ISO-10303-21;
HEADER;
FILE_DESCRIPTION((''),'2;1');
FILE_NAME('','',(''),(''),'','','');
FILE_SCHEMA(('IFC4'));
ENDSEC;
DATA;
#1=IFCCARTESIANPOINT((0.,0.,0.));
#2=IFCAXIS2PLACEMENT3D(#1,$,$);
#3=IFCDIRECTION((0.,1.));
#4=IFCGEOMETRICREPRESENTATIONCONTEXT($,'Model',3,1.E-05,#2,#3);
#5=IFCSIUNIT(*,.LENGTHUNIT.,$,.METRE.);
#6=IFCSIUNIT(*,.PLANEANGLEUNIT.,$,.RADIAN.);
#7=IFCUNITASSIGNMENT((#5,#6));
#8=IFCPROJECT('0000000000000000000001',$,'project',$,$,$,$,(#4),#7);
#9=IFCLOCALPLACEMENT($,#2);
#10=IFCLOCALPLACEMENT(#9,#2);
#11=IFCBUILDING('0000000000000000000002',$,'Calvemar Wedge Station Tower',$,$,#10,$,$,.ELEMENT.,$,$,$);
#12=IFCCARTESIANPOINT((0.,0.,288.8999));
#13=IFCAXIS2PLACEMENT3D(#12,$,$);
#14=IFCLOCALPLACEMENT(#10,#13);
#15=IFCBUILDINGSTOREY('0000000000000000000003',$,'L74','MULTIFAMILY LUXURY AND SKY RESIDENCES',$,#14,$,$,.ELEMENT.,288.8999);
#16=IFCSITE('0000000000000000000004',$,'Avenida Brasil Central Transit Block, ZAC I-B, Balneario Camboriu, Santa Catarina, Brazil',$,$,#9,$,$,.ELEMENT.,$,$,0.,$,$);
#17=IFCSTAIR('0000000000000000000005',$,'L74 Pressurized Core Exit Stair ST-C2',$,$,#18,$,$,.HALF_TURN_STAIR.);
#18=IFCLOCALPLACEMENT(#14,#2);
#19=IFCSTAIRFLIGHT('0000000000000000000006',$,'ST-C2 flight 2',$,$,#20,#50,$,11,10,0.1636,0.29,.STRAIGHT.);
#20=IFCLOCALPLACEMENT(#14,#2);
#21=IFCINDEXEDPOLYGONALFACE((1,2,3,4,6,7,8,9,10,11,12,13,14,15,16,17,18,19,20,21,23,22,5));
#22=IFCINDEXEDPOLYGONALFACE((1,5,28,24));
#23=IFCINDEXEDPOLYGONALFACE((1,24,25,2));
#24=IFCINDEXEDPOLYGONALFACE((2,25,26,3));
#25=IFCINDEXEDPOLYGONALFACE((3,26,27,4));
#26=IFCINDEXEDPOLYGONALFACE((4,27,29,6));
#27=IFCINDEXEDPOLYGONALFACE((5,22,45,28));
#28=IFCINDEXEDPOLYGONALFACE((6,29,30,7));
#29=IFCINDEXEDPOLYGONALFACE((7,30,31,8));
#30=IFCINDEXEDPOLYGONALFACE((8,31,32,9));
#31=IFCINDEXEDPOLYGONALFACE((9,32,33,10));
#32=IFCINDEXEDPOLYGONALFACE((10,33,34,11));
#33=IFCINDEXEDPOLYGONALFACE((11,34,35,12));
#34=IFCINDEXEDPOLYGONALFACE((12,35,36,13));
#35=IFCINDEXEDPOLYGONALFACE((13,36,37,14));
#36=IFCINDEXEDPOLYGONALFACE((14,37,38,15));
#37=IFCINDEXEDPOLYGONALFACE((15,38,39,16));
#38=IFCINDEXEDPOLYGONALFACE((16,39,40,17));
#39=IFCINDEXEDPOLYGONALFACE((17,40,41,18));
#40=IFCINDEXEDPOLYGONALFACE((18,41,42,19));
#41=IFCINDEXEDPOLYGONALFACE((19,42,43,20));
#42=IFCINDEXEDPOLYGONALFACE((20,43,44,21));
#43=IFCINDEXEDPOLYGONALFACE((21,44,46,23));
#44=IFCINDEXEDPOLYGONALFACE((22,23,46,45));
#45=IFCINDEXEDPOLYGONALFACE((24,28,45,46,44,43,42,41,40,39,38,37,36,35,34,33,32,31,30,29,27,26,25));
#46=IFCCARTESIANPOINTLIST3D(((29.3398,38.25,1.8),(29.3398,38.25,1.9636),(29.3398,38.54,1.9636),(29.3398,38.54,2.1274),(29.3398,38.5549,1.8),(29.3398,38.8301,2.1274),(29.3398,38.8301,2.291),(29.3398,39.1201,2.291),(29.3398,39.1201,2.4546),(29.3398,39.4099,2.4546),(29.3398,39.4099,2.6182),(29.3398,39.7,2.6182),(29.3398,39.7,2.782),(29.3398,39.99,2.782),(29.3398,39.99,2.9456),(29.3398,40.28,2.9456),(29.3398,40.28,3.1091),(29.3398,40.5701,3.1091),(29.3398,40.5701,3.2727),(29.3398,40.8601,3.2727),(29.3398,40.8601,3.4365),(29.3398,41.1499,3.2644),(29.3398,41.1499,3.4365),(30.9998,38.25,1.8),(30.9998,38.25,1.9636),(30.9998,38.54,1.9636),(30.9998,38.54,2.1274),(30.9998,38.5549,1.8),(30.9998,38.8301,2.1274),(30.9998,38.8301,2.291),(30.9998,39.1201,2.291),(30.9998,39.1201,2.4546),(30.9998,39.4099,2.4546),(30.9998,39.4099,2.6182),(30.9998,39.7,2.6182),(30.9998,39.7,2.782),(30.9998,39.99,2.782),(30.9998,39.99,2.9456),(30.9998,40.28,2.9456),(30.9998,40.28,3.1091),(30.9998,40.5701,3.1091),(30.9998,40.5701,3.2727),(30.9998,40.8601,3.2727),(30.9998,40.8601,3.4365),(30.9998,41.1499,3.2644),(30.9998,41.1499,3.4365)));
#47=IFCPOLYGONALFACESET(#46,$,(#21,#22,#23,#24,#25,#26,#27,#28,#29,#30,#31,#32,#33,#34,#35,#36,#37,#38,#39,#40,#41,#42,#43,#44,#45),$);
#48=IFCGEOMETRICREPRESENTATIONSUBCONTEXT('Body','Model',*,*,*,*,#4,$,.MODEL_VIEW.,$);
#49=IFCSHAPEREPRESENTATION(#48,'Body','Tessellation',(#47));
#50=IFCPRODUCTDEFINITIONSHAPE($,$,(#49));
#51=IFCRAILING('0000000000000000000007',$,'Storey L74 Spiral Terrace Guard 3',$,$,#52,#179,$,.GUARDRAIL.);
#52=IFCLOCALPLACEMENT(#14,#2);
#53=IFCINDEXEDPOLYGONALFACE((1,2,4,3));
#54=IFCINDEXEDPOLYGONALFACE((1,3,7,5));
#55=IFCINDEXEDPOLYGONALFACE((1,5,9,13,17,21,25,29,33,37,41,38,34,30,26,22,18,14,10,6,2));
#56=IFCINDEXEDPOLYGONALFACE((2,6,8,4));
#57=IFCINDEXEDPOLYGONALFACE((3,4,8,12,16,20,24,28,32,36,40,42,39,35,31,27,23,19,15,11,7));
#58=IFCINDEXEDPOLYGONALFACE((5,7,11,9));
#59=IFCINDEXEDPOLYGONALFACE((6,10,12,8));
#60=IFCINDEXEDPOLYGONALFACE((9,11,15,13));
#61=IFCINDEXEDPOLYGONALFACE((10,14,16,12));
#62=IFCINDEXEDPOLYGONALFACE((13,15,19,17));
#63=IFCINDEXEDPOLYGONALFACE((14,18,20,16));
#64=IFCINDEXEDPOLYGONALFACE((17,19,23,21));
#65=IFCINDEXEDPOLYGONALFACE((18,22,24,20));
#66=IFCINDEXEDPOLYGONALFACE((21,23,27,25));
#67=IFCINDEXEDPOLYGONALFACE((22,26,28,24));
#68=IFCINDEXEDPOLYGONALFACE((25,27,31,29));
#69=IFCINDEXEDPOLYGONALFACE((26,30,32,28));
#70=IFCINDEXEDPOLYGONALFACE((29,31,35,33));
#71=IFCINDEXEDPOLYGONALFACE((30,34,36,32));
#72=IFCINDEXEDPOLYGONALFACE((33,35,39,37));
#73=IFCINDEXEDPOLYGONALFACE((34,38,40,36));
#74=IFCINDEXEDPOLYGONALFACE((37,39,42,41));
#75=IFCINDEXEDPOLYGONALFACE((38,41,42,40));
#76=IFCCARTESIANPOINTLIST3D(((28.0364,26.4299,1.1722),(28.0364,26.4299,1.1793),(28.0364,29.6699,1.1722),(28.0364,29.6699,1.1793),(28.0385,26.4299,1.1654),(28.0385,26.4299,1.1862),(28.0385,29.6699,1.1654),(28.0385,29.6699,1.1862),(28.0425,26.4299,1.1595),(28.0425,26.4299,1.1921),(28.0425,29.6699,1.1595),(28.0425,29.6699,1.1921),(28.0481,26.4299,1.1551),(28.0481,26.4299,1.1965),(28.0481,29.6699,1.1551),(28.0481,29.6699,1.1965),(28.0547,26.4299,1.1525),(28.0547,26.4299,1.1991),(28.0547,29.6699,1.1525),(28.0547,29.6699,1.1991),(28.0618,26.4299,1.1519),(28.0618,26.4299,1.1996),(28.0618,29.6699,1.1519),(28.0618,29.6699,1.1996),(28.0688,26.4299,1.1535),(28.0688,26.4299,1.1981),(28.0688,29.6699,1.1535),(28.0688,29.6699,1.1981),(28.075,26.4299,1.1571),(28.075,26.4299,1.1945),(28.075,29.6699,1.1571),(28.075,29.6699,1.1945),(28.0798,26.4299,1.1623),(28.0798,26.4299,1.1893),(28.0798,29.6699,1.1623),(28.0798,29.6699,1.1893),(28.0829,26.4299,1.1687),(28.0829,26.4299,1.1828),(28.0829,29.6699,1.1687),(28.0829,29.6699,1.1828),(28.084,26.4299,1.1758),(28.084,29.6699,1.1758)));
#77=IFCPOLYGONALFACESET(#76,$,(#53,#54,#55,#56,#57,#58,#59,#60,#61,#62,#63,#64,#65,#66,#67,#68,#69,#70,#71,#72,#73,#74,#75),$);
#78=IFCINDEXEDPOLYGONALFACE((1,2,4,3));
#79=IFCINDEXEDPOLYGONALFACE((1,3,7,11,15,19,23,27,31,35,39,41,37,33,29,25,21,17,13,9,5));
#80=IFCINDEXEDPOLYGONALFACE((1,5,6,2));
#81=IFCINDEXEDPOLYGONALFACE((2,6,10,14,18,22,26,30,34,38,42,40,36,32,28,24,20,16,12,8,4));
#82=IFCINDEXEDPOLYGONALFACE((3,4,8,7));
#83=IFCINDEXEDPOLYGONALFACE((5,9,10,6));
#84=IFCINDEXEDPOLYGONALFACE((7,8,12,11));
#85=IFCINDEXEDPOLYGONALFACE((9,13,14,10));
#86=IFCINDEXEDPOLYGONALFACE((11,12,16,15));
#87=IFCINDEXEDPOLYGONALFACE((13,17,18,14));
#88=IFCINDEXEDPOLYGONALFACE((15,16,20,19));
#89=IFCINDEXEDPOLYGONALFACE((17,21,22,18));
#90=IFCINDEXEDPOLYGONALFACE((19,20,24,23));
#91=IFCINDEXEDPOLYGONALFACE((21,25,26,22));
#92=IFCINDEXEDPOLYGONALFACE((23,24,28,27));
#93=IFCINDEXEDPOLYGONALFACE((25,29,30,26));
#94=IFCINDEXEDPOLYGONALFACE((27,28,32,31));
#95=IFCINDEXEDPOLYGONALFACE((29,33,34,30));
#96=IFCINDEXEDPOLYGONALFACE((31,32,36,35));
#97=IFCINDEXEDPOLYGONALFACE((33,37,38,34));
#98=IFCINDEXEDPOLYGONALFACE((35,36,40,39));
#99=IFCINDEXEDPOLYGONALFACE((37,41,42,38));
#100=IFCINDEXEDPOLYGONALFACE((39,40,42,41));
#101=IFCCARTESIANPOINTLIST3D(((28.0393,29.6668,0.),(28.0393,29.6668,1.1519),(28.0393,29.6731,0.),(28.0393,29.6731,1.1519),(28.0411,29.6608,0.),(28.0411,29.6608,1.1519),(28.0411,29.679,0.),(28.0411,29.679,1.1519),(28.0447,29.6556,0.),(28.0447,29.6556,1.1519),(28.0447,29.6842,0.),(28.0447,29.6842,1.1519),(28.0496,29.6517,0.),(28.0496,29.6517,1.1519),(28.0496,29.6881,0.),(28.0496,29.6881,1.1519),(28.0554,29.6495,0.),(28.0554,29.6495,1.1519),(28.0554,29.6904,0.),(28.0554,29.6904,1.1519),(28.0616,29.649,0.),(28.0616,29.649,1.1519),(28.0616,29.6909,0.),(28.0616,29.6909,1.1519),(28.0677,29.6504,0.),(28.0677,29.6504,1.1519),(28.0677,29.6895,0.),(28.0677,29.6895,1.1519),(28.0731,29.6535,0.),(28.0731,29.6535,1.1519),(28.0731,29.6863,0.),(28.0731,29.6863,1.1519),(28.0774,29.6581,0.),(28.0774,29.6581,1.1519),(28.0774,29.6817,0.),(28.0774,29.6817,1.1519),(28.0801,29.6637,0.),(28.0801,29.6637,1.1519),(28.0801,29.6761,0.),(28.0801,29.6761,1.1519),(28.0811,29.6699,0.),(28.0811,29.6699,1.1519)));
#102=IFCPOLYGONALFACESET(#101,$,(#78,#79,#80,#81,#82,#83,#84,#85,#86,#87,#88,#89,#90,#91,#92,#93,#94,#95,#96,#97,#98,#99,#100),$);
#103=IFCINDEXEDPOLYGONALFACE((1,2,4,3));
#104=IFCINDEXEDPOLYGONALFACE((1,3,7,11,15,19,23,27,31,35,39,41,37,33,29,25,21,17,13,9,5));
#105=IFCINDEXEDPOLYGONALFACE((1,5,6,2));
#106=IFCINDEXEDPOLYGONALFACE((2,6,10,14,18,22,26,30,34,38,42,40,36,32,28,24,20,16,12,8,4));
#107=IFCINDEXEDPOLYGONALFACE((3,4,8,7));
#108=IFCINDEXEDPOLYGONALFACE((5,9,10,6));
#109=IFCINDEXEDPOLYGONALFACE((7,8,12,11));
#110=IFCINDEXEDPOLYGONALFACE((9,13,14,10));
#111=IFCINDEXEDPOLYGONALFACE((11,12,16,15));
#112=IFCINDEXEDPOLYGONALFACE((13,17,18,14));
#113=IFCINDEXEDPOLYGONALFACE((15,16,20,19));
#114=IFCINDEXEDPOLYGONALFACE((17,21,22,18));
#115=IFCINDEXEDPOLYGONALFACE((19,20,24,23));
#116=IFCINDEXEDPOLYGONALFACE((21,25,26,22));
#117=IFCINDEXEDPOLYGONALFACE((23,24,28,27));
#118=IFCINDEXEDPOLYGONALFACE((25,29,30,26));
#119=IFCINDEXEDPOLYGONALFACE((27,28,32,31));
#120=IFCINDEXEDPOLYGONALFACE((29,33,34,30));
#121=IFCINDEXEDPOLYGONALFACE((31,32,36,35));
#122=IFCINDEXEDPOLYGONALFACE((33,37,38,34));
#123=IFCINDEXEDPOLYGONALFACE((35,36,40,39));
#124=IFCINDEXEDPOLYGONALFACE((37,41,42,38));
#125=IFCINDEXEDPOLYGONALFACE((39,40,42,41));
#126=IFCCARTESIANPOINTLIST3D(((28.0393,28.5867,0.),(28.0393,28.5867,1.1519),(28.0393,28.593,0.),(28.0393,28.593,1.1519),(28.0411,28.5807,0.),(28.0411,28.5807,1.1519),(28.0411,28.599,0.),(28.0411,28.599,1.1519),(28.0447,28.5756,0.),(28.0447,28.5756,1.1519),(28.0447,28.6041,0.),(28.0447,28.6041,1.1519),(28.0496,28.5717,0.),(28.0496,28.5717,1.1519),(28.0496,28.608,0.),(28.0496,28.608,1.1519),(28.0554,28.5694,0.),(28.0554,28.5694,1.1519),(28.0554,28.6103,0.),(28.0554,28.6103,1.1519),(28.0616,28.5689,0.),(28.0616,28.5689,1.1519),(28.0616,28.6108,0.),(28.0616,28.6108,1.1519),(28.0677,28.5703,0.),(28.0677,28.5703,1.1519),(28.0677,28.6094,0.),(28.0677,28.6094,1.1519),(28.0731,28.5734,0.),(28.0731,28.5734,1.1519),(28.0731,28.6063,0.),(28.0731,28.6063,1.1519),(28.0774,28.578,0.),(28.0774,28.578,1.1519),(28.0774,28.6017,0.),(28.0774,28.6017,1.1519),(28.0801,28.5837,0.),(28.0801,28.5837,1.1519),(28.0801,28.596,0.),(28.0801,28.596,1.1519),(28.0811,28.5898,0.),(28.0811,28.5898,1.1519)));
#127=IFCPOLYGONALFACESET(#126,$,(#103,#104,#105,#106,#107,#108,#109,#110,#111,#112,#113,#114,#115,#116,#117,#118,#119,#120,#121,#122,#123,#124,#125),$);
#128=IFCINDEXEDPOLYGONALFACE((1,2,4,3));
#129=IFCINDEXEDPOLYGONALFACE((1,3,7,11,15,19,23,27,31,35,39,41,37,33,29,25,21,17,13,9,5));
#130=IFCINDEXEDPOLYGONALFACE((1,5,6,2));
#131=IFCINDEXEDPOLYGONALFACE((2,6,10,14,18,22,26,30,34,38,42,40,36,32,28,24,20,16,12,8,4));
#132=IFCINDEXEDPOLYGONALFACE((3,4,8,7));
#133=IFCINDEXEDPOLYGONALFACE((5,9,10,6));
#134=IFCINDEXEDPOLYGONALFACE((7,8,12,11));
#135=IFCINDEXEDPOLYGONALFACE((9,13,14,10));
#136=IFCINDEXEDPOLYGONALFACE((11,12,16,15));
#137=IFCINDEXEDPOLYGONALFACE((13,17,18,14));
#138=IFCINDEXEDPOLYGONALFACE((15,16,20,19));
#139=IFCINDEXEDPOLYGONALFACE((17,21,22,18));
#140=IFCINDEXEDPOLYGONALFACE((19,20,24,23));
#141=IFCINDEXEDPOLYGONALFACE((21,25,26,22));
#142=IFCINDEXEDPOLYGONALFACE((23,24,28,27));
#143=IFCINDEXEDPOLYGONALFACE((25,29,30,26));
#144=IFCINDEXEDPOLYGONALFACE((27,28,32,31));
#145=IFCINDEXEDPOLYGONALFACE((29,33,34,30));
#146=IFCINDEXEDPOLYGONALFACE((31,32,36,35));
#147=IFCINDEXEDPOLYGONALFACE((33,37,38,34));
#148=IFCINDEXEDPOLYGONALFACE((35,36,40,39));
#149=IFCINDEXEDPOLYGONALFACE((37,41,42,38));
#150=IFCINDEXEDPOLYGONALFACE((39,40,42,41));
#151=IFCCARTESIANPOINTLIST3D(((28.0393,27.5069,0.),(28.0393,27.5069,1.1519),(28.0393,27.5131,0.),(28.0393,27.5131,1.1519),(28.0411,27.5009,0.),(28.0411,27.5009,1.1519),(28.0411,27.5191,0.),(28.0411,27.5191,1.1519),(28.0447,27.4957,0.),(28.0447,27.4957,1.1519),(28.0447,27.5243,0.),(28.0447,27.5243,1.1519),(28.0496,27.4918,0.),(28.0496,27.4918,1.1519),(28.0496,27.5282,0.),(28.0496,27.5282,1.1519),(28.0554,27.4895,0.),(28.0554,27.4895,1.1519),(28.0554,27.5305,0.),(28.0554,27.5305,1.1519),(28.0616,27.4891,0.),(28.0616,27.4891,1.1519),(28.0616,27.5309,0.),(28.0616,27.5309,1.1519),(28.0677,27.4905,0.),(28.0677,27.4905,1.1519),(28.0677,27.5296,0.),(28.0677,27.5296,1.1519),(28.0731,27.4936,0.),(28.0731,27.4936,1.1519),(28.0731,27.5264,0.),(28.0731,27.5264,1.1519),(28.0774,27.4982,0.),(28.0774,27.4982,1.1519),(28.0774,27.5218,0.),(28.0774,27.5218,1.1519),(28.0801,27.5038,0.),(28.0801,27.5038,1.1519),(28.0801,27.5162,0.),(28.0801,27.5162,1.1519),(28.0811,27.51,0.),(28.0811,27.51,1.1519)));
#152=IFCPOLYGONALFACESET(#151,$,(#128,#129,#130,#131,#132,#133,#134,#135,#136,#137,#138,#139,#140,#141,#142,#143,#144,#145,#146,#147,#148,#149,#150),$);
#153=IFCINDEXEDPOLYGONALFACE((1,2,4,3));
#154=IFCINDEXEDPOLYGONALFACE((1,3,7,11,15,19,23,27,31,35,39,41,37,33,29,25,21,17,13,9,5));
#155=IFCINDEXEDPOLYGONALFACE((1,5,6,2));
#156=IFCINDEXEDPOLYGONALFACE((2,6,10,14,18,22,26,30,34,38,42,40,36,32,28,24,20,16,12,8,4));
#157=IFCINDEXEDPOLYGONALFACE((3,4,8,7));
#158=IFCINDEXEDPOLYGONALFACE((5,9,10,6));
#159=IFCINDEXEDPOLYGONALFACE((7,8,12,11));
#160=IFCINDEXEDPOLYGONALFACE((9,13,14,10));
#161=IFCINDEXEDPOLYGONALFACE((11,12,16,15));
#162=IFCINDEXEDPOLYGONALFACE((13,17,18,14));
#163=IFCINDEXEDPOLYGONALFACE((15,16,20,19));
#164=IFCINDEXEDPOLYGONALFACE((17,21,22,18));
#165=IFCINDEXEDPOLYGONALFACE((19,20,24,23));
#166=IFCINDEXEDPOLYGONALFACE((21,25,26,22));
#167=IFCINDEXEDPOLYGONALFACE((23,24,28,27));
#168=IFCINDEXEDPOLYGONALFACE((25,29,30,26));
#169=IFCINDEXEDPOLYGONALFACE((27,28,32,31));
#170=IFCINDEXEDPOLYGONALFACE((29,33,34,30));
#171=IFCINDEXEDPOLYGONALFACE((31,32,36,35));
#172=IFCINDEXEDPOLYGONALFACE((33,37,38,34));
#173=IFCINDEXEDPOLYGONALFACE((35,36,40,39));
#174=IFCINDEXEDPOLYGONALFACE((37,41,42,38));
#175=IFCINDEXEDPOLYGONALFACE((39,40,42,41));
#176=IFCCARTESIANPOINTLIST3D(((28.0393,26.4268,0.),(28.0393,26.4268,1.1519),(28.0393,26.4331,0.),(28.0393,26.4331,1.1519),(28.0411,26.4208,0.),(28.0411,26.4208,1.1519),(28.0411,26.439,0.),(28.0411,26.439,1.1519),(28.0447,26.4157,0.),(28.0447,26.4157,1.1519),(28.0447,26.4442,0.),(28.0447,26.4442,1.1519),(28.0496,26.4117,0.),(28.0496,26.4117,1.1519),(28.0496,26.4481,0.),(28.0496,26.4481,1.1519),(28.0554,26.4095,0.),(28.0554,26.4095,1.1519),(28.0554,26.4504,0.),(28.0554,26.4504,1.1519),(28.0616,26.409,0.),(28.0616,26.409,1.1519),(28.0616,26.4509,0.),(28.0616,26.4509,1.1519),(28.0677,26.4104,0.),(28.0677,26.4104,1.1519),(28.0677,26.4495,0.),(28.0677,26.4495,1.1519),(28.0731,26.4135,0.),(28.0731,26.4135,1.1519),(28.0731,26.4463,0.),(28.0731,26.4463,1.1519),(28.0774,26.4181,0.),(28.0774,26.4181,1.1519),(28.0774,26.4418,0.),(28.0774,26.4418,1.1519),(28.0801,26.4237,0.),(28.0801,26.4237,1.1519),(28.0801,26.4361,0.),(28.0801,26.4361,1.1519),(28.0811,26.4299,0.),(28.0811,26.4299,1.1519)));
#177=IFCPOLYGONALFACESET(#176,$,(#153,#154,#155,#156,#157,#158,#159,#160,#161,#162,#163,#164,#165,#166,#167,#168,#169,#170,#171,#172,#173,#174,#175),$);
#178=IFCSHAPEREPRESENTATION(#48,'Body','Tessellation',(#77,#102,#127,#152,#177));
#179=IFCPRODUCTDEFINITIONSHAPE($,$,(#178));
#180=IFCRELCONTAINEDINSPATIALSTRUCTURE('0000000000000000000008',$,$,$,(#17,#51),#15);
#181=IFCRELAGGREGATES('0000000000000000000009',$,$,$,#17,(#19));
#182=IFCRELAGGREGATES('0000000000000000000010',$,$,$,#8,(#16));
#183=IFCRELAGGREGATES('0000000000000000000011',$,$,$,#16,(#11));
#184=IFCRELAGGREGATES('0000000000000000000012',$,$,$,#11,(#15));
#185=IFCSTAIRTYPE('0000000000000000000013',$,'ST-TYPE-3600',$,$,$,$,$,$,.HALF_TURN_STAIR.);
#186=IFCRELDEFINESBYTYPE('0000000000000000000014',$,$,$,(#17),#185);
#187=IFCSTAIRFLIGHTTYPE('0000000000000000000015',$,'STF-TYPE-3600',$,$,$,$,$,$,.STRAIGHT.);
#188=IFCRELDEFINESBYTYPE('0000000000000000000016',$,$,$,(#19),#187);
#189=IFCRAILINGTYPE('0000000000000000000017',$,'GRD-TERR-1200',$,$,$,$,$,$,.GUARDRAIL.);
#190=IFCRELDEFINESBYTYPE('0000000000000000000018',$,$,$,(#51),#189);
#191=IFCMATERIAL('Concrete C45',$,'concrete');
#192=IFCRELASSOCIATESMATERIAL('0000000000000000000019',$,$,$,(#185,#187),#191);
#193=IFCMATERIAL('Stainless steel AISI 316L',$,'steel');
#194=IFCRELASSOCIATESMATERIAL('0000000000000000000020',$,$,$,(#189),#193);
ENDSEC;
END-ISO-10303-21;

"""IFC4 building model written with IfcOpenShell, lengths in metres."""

from ifc_helpers import new_model, si_unit, direction, frame, origin, origin_2d, place, context, subcontext, project, spatial, polyline, circle, outline, extrude, material, type_object, element, aggregate, save


model = new_model("IFC4")

# Units and contexts
model_context = context("Model", 3, precision=1e-05, world=origin(), true_north=direction((0.0, 1.0)))
body_context = subcontext(model_context, "Body", "Model", "MODEL_VIEW")
ifc_project = project(units=[si_unit("LENGTHUNIT", "METRE"), si_unit("PLANEANGLEUNIT", "RADIAN")], contexts=[model_context])

# Site, building, storey
site_placement = place(None, origin())
site = spatial("IfcSite", under=ifc_project, at=site_placement, Name="Avenida Brasil Central Transit Block, ZAC I-B, Balneario Camboriu, Santa Catarina, Brazil", CompositionType="ELEMENT", RefElevation=0.0)
building_placement = place(site_placement, origin())
building = spatial("IfcBuilding", under=site, at=building_placement, Name="Calvemar Wedge Station Tower", CompositionType="ELEMENT")
storey_placement = place(building_placement, frame((0.0, 0.0, 288.8999)))
storey = spatial("IfcBuildingStorey", under=building, at=storey_placement, Name="L74", Description="MULTIFAMILY LUXURY AND SKY RESIDENCES", CompositionType="ELEMENT", Elevation=288.8999)

# Stair, stair flight
ifc_material_1 = material(Name="Concrete C45", Category="concrete")
stair_type = type_object("IfcStairType", Name="ST-TYPE-3600", PredefinedType="HALF_TURN_STAIR", material=ifc_material_1)
stair_placement = place(storey_placement, origin())
stair = element("IfcStair", 1, at=stair_placement, inside=storey, type_object=stair_type, Name="L74 Pressurized Core Exit Stair ST-C2", PredefinedType="HALF_TURN_STAIR")
stair_flight_type = type_object("IfcStairFlightType", Name="STF-TYPE-3600", PredefinedType="STRAIGHT", material=ifc_material_1)
stair_flight_placement = place(storey_placement, frame((30.1699, 38.25, 1.8), z_axis=(0.0, 0.0, 1.0), x_axis=(0.0, 1.0, 0.0)))
stair_flight = element("IfcStairFlight", 2, at=stair_flight_placement, type_object=stair_flight_type, Name="ST-C2 flight 2", NumberOfRisers=11, NumberOfTreads=10, PredefinedType="STRAIGHT", RiserHeight=0.1636, TreadLength=0.29, context=body_context, shape_type="SweptSolid", body=[
    extrude(outline(polyline([(0.0, 0.0), (0.0, 0.1636), (0.29, 0.1636), (0.29, 0.3274), (0.5801, 0.3274), (0.5801, 0.491), (0.8701, 0.491), (0.8701, 0.6545), (1.1599, 0.6545), (1.1599, 0.8181), (1.45, 0.8181), (1.45, 0.9819), (1.74, 0.9819), (1.74, 1.1455), (2.03, 1.1455), (2.03, 1.3091), (2.3201, 1.3091), (2.3201, 1.4727), (2.6101, 1.4727), (2.6101, 1.6365), (2.8999, 1.6365), (2.8999, 1.8), (2.8999, 1.4644), (0.3049, 0.0), (0.0, 0.0)])), frame((0.0, 0.8301, 0.0), z_axis=(0.0, -1.0, 0.0), x_axis=(1.0, 0.0, 0.0)), (0.0, 0.0, 1.0), 1.6599),
])
aggregate(stair, [stair_flight])

# Railing
ifc_material_2 = material(Name="Stainless steel AISI 316L", Category="steel")
railing_type_1 = type_object("IfcRailingType", Name="GRD-TERR-1200", PredefinedType="GUARDRAIL", material=ifc_material_2)
railing_1_placement = place(storey_placement, frame((28.0601, 29.6699, 0.0)))
element("IfcRailing", 3, at=railing_1_placement, inside=storey, type_object=railing_type_1, Name="Storey L74 Spiral Terrace Guard 3", PredefinedType="GUARDRAIL", context=body_context, shape_type="SweptSolid", body=[
    extrude(circle(Radius=0.0239, at=origin_2d()), frame((0.0, 0.0, 1.1758), z_axis=(0.0, -1.0, 0.0), x_axis=(1.0, 0.0, 0.0)), (0.0, 0.0, 1.0), 3.24),
    extrude(circle(Radius=0.021, at=origin_2d()), origin(), (0.0, 0.0, 1.0), 1.1519),
    extrude(circle(Radius=0.021, at=origin_2d()), frame((0.0, -1.0801, 0.0)), (0.0, 0.0, 1.0), 1.1519),
    extrude(circle(Radius=0.021, at=origin_2d()), frame((0.0, -2.1599, 0.0)), (0.0, 0.0, 1.0), 1.1519),
    extrude(circle(Radius=0.021, at=origin_2d()), frame((0.0, -3.24, 0.0)), (0.0, 0.0, 1.0), 1.1519),
])

save(model, "model.ifc")
